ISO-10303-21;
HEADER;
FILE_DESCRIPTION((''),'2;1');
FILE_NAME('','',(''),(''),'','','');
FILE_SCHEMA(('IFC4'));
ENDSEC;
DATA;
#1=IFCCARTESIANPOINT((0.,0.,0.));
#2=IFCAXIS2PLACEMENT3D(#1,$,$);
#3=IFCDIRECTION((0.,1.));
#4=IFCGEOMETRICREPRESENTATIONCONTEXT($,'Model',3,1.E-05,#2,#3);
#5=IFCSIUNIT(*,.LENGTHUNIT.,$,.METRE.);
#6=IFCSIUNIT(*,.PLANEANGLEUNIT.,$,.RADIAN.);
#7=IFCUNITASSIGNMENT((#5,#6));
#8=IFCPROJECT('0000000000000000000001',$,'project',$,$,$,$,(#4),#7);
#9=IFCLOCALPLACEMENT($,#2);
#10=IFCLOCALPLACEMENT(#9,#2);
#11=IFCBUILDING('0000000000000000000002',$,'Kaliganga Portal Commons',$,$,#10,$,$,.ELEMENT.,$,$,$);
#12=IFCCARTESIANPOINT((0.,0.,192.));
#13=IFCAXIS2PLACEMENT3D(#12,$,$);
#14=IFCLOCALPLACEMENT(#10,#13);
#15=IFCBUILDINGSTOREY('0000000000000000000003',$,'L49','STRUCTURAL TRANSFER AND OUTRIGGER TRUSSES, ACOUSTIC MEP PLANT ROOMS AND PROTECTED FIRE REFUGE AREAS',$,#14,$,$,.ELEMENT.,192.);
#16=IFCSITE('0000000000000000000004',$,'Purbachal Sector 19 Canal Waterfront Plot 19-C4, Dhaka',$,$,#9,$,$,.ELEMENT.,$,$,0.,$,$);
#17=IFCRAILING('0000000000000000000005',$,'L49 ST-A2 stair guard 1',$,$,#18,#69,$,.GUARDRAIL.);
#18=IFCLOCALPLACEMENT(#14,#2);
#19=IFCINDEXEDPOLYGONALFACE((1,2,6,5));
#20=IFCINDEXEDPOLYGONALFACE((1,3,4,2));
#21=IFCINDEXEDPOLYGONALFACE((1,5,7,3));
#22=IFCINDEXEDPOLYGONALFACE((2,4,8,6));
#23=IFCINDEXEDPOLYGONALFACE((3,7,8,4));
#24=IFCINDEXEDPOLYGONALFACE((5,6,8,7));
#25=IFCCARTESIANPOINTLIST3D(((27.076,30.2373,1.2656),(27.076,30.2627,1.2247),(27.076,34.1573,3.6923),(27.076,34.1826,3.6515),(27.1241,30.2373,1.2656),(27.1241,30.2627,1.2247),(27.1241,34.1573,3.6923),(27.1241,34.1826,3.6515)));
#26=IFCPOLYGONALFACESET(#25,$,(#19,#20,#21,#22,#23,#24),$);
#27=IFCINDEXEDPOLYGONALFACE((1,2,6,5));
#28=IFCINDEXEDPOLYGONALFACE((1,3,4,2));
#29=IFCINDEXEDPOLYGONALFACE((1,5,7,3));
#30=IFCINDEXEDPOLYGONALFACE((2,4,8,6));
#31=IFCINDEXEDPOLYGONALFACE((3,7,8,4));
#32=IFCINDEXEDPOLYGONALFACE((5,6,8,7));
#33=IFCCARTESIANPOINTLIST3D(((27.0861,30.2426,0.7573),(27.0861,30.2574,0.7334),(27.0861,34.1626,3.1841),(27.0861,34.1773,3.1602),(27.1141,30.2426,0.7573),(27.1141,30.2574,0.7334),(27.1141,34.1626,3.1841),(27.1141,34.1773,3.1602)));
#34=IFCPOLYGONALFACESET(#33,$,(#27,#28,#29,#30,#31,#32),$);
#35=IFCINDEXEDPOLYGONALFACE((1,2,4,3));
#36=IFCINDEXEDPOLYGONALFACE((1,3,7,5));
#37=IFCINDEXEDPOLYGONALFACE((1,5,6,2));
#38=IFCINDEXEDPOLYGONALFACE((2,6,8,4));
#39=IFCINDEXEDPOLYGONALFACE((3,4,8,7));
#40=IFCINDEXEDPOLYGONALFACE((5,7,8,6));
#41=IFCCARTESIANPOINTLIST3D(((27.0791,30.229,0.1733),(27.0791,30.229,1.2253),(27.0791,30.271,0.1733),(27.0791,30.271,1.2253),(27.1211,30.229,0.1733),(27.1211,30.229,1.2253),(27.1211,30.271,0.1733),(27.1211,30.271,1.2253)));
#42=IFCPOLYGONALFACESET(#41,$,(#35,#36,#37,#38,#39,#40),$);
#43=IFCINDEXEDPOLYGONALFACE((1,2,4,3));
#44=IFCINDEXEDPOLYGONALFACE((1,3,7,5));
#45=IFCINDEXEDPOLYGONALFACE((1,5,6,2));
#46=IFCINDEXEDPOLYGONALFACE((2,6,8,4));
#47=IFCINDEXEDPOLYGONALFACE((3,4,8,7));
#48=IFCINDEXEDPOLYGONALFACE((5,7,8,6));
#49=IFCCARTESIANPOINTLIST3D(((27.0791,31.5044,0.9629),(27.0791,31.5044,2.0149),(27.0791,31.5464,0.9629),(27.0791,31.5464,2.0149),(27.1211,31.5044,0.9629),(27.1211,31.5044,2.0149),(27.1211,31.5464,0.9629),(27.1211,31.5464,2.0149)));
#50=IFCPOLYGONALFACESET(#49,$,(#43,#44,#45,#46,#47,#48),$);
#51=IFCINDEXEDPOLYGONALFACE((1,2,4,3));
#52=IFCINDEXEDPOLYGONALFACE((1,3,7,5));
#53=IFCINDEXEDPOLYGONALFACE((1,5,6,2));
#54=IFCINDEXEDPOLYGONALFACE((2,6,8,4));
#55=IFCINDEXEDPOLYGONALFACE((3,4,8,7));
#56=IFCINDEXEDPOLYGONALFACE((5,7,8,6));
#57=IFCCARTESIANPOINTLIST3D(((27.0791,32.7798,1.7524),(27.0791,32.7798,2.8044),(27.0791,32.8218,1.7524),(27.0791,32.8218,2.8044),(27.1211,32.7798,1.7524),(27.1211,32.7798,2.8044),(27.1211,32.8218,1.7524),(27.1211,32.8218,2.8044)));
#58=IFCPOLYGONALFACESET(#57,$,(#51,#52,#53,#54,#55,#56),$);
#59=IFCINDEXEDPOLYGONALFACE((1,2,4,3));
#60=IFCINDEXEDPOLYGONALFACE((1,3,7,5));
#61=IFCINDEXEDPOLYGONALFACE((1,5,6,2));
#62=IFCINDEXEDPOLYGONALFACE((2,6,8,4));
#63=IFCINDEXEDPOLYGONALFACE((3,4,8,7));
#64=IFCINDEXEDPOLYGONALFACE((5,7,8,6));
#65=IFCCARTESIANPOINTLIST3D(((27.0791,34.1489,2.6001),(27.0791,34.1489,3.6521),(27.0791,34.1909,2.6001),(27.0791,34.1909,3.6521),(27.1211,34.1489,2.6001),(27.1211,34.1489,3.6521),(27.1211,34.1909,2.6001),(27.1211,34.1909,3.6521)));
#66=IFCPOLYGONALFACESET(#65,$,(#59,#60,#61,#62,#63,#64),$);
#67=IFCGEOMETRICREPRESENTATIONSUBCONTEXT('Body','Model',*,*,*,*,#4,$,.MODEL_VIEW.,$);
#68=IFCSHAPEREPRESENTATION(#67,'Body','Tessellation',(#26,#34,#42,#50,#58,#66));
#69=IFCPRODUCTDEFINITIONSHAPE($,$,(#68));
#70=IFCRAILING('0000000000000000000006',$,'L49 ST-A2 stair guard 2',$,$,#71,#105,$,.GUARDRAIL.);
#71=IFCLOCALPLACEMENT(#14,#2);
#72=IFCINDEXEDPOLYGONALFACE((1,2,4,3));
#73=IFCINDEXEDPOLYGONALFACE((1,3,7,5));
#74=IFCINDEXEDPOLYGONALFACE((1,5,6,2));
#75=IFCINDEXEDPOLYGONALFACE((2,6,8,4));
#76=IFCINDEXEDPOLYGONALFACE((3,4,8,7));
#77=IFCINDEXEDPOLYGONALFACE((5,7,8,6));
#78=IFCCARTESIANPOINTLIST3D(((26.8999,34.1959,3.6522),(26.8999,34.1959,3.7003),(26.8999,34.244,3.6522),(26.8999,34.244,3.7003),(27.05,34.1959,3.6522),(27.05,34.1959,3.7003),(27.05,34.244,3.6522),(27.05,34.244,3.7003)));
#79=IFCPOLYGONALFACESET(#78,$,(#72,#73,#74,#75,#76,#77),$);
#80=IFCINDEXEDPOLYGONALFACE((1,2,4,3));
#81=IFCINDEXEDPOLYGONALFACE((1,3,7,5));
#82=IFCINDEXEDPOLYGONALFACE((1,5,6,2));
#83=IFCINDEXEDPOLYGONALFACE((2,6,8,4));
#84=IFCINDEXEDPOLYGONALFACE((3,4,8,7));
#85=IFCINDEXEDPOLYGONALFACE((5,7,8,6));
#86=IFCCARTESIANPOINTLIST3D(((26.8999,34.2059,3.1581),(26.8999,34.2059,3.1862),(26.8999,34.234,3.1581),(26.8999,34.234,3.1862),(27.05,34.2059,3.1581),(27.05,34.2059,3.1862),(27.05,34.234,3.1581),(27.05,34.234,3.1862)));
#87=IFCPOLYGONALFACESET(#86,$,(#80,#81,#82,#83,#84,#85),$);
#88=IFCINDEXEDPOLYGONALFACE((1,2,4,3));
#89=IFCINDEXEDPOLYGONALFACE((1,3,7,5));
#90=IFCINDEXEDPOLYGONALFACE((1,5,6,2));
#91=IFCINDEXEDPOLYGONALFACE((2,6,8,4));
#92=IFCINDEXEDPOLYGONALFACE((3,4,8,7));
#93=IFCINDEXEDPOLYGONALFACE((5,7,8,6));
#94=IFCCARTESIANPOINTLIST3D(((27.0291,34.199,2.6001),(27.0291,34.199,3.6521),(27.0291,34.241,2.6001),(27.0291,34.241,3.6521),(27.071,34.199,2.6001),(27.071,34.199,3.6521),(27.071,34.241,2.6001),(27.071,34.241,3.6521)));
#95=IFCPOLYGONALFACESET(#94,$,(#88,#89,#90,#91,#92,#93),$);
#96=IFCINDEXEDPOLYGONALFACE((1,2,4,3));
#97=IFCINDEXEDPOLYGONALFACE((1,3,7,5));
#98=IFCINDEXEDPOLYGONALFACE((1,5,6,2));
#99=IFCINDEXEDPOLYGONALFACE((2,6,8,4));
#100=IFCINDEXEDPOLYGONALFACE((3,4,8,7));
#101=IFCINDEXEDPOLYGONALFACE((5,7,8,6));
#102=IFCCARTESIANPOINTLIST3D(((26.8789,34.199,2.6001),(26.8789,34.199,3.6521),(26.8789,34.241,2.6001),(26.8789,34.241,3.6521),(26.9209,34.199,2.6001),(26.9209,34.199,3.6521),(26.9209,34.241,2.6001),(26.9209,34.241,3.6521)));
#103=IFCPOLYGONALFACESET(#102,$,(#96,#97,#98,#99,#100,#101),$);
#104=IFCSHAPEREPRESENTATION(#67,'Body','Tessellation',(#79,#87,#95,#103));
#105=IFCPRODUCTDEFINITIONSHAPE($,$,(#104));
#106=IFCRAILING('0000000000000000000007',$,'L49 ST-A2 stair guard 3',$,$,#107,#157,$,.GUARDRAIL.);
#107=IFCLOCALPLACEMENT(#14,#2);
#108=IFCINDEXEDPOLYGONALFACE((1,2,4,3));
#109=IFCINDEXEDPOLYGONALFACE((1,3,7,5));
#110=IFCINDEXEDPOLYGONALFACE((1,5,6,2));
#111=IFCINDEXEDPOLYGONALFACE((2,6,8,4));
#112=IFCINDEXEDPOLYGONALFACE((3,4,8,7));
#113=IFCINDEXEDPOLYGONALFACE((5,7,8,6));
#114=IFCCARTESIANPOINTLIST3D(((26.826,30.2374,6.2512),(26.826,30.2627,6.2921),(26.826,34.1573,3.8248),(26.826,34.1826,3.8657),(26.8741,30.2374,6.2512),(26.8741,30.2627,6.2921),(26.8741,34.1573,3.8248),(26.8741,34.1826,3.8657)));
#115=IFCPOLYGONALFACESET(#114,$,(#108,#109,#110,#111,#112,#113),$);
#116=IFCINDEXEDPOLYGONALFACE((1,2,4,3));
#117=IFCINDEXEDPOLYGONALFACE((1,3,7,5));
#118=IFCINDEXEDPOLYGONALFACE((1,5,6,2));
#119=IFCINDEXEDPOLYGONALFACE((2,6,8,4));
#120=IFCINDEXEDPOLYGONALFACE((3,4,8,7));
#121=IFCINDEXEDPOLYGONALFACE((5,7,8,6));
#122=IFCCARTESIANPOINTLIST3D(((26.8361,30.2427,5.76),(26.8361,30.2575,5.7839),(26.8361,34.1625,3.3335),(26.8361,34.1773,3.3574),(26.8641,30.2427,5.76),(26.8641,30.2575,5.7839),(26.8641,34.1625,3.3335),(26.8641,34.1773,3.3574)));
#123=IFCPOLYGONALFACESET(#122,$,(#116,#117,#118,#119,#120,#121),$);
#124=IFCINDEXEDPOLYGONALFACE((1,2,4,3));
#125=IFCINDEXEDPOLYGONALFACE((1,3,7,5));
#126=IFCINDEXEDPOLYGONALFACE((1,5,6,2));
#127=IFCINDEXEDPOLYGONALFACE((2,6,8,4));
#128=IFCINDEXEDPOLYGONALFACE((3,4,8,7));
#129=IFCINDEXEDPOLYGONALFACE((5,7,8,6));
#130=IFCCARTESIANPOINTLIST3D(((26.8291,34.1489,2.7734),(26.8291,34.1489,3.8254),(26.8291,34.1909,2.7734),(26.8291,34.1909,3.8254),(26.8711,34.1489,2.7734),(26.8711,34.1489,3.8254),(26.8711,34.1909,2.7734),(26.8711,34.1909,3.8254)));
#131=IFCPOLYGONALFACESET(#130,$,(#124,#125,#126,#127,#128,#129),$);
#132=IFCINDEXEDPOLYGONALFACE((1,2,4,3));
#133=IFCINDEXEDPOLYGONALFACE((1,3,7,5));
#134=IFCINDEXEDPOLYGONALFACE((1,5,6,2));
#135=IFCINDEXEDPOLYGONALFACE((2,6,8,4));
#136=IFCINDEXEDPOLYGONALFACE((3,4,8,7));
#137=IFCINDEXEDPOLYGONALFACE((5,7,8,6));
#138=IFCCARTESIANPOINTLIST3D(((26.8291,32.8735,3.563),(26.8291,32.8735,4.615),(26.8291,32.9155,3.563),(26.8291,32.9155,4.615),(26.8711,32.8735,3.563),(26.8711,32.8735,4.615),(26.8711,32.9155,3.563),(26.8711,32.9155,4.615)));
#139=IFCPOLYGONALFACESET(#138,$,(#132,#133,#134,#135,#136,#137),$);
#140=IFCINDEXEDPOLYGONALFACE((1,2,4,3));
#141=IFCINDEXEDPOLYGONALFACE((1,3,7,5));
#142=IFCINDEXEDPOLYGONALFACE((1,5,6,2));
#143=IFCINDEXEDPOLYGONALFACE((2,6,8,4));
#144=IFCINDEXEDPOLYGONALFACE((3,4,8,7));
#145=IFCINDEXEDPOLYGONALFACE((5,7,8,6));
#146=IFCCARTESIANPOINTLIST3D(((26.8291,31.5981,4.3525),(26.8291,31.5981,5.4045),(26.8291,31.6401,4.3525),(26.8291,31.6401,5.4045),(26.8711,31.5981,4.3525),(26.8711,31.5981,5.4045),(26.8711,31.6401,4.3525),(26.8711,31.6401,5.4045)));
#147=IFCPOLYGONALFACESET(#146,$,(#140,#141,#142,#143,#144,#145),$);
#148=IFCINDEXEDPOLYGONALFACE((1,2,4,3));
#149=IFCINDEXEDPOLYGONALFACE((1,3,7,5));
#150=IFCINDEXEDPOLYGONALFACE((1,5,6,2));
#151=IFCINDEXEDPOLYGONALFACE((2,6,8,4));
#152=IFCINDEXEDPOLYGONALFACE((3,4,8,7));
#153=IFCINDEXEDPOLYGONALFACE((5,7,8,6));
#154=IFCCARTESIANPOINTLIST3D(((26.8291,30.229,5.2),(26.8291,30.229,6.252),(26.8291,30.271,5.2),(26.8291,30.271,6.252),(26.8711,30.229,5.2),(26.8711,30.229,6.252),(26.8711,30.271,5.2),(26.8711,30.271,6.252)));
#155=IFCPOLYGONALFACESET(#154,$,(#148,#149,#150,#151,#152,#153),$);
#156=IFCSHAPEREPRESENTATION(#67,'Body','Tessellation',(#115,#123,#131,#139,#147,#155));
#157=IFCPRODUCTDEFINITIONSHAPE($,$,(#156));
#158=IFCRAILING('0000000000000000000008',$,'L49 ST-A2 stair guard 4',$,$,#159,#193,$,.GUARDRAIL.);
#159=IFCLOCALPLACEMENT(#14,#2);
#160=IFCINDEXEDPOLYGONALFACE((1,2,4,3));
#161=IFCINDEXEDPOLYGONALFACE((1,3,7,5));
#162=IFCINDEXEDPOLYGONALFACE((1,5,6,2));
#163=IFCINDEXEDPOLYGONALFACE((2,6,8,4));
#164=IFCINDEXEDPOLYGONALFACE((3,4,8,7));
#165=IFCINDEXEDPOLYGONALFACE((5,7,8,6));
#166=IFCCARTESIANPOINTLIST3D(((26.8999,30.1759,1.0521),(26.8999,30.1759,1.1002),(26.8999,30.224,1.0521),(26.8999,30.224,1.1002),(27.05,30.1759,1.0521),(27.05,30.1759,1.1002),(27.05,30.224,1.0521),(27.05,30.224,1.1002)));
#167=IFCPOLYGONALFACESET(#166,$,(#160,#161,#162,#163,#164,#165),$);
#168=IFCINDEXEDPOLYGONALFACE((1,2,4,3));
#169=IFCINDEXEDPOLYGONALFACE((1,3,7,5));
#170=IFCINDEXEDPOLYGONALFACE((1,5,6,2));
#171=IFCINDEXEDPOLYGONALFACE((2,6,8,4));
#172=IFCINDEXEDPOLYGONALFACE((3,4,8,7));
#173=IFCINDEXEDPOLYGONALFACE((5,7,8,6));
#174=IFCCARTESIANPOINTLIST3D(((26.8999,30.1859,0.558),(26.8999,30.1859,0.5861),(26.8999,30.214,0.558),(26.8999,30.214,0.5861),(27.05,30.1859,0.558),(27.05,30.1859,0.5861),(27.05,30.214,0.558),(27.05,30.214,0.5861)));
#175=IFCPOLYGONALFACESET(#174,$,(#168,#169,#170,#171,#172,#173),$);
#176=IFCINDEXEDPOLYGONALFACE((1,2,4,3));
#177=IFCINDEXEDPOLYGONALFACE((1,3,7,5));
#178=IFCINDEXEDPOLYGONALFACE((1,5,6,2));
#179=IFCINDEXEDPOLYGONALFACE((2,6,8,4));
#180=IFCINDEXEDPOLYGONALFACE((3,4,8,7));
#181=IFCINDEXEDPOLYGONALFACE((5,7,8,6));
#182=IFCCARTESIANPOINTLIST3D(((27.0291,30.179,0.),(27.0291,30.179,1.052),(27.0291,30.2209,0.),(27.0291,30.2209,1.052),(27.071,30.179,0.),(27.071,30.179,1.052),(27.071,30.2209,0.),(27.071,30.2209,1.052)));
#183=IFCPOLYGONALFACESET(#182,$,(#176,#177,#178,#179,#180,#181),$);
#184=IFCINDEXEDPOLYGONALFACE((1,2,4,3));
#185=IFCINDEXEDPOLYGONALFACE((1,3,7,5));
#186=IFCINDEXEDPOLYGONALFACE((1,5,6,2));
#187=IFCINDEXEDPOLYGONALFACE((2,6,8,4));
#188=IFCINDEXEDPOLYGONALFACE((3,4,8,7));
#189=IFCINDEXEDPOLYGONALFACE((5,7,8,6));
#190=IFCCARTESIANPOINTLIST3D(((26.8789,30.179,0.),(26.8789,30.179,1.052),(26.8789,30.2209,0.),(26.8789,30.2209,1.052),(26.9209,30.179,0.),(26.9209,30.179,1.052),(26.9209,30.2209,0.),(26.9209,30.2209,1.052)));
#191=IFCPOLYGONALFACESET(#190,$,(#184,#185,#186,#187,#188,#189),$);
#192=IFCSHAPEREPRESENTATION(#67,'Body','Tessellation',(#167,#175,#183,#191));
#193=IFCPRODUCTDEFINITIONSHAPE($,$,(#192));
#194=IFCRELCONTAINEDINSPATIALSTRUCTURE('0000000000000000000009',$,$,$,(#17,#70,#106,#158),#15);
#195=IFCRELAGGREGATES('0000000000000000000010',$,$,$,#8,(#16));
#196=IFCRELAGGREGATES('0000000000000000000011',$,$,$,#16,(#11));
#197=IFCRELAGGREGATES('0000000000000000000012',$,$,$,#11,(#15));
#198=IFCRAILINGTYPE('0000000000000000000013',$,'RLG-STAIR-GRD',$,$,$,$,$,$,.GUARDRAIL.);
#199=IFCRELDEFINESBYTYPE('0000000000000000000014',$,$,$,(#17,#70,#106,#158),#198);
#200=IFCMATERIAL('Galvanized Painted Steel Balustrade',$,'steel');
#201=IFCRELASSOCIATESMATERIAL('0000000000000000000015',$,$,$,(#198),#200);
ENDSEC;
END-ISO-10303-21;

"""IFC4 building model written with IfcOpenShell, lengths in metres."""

from ifc_helpers import new_model, si_unit, direction, frame, origin, origin_2d, place, context, subcontext, project, spatial, rectangle, extrude, material, type_object, element, save


model = new_model("IFC4")

# Units and contexts
model_context = context("Model", 3, precision=1e-05, world=origin(), true_north=direction((0.0, 1.0)))
body_context = subcontext(model_context, "Body", "Model", "MODEL_VIEW")
ifc_project = project(units=[si_unit("LENGTHUNIT", "METRE"), si_unit("PLANEANGLEUNIT", "RADIAN")], contexts=[model_context])

# Site, building, storey
site_placement = place(None, origin())
site = spatial("IfcSite", under=ifc_project, at=site_placement, Name="Purbachal Sector 19 Canal Waterfront Plot 19-C4, Dhaka", CompositionType="ELEMENT", RefElevation=0.0)
building_placement = place(site_placement, origin())
building = spatial("IfcBuilding", under=site, at=building_placement, Name="Kaliganga Portal Commons", CompositionType="ELEMENT")
storey_placement = place(building_placement, frame((0.0, 0.0, 192.0)))
storey = spatial("IfcBuildingStorey", under=building, at=storey_placement, Name="L49", Description="STRUCTURAL TRANSFER AND OUTRIGGER TRUSSES, ACOUSTIC MEP PLANT ROOMS AND PROTECTED FIRE REFUGE AREAS", CompositionType="ELEMENT", Elevation=192.0)

# Railings
ifc_material_1 = material(Name="Galvanized Painted Steel Balustrade", Category="steel")
railing_type_1 = type_object("IfcRailingType", Name="RLG-STAIR-GRD", PredefinedType="GUARDRAIL", material=ifc_material_1)
railing_1_placement = place(storey_placement, frame((27.1001, 30.25, 0.1733)))
element("IfcRailing", 1, at=railing_1_placement, inside=storey, type_object=railing_type_1, Name="L49 ST-A2 stair guard 1", PredefinedType="GUARDRAIL", context=body_context, shape_type="SweptSolid", body=[
    extrude(rectangle(XDim=0.0481, YDim=0.0481, at=origin_2d()), frame((0.0, 0.0, 1.0718), z_axis=(0.0, 0.850252, 0.526376), x_axis=(-1.0, 0.0, 0.0)), (0.0, 0.0, 1.0), 4.6104),
    extrude(rectangle(XDim=0.0281, YDim=0.0281, at=origin_2d()), frame((0.0, 0.0, 0.572), z_axis=(0.0, 0.850252, 0.526376), x_axis=(-1.0, 0.0, 0.0)), (0.0, 0.0, 1.0), 4.6104),
    extrude(rectangle(XDim=0.042, YDim=0.042, at=origin_2d()), origin(), (0.0, 0.0, 1.0), 1.052),
    extrude(rectangle(XDim=0.042, YDim=0.042, at=origin_2d()), frame((0.0, 1.2754, 0.7896)), (0.0, 0.0, 1.0), 1.052),
    extrude(rectangle(XDim=0.042, YDim=0.042, at=origin_2d()), frame((0.0, 2.5508, 1.5791)), (0.0, 0.0, 1.0), 1.052),
    extrude(rectangle(XDim=0.042, YDim=0.042, at=origin_2d()), frame((0.0, 3.9199, 2.4268)), (0.0, 0.0, 1.0), 1.052),
])
railing_2_placement = place(storey_placement, frame((27.05, 34.22, 2.6001)))
element("IfcRailing", 2, at=railing_2_placement, inside=storey, type_object=railing_type_1, Name="L49 ST-A2 stair guard 2", PredefinedType="GUARDRAIL", context=body_context, shape_type="SweptSolid", body=[
    extrude(rectangle(XDim=0.0481, YDim=0.0481, at=origin_2d()), frame((0.0, 0.0, 1.0762), z_axis=(-1.0, 0.0, 0.0), x_axis=(0.0, -1.0, 0.0)), (0.0, 0.0, 1.0), 0.1501),
    extrude(rectangle(XDim=0.0281, YDim=0.0281, at=origin_2d()), frame((0.0, 0.0, 0.572), z_axis=(-1.0, 0.0, 0.0), x_axis=(0.0, -1.0, 0.0)), (0.0, 0.0, 1.0), 0.1501),
    extrude(rectangle(XDim=0.042, YDim=0.042, at=origin_2d()), origin(), (0.0, 0.0, 1.0), 1.052),
    extrude(rectangle(XDim=0.042, YDim=0.042, at=origin_2d()), frame((-0.1501, 0.0, 0.0)), (0.0, 0.0, 1.0), 1.052),
])
railing_3_placement = place(storey_placement, frame((26.8501, 34.1699, 2.7734)))
element("IfcRailing", 3, at=railing_3_placement, inside=storey, type_object=railing_type_1, Name="L49 ST-A2 stair guard 3", PredefinedType="GUARDRAIL", context=body_context, shape_type="SweptSolid", body=[
    extrude(rectangle(XDim=0.0481, YDim=0.0481, at=origin_2d()), frame((0.0, 0.0, 1.0718), z_axis=(0.0, -0.850275, 0.526338), x_axis=(1.0, 0.0, 0.0)), (0.0, 0.0, 1.0), 4.6101),
    extrude(rectangle(XDim=0.0281, YDim=0.0281, at=origin_2d()), frame((0.0, 0.0, 0.572), z_axis=(0.0, -0.850275, 0.526338), x_axis=(1.0, 0.0, 0.0)), (0.0, 0.0, 1.0), 4.6101),
    extrude(rectangle(XDim=0.042, YDim=0.042, at=origin_2d()), origin(), (0.0, 0.0, 1.0), 1.052),
    extrude(rectangle(XDim=0.042, YDim=0.042, at=origin_2d()), frame((0.0, -1.2754, 0.7896)), (0.0, 0.0, 1.0), 1.052),
    extrude(rectangle(XDim=0.042, YDim=0.042, at=origin_2d()), frame((0.0, -2.5508, 1.5791)), (0.0, 0.0, 1.0), 1.052),
    extrude(rectangle(XDim=0.042, YDim=0.042, at=origin_2d()), frame((0.0, -3.9199, 2.4265)), (0.0, 0.0, 1.0), 1.052),
])
railing_4_placement = place(storey_placement, frame((27.05, 30.2, 0.0)))
element("IfcRailing", 4, at=railing_4_placement, inside=storey, type_object=railing_type_1, Name="L49 ST-A2 stair guard 4", PredefinedType="GUARDRAIL", context=body_context, shape_type="SweptSolid", body=[
    extrude(rectangle(XDim=0.0481, YDim=0.0481, at=origin_2d()), frame((0.0, 0.0, 1.0762), z_axis=(-1.0, 0.0, 0.0), x_axis=(0.0, -1.0, 0.0)), (0.0, 0.0, 1.0), 0.1501),
    extrude(rectangle(XDim=0.0281, YDim=0.0281, at=origin_2d()), frame((0.0, 0.0, 0.572), z_axis=(-1.0, 0.0, 0.0), x_axis=(0.0, -1.0, 0.0)), (0.0, 0.0, 1.0), 0.1501),
    extrude(rectangle(XDim=0.042, YDim=0.042, at=origin_2d()), origin(), (0.0, 0.0, 1.0), 1.052),
    extrude(rectangle(XDim=0.042, YDim=0.042, at=origin_2d()), frame((-0.1501, 0.0, 0.0)), (0.0, 0.0, 1.0), 1.052),
])

save(model, "model.ifc")
